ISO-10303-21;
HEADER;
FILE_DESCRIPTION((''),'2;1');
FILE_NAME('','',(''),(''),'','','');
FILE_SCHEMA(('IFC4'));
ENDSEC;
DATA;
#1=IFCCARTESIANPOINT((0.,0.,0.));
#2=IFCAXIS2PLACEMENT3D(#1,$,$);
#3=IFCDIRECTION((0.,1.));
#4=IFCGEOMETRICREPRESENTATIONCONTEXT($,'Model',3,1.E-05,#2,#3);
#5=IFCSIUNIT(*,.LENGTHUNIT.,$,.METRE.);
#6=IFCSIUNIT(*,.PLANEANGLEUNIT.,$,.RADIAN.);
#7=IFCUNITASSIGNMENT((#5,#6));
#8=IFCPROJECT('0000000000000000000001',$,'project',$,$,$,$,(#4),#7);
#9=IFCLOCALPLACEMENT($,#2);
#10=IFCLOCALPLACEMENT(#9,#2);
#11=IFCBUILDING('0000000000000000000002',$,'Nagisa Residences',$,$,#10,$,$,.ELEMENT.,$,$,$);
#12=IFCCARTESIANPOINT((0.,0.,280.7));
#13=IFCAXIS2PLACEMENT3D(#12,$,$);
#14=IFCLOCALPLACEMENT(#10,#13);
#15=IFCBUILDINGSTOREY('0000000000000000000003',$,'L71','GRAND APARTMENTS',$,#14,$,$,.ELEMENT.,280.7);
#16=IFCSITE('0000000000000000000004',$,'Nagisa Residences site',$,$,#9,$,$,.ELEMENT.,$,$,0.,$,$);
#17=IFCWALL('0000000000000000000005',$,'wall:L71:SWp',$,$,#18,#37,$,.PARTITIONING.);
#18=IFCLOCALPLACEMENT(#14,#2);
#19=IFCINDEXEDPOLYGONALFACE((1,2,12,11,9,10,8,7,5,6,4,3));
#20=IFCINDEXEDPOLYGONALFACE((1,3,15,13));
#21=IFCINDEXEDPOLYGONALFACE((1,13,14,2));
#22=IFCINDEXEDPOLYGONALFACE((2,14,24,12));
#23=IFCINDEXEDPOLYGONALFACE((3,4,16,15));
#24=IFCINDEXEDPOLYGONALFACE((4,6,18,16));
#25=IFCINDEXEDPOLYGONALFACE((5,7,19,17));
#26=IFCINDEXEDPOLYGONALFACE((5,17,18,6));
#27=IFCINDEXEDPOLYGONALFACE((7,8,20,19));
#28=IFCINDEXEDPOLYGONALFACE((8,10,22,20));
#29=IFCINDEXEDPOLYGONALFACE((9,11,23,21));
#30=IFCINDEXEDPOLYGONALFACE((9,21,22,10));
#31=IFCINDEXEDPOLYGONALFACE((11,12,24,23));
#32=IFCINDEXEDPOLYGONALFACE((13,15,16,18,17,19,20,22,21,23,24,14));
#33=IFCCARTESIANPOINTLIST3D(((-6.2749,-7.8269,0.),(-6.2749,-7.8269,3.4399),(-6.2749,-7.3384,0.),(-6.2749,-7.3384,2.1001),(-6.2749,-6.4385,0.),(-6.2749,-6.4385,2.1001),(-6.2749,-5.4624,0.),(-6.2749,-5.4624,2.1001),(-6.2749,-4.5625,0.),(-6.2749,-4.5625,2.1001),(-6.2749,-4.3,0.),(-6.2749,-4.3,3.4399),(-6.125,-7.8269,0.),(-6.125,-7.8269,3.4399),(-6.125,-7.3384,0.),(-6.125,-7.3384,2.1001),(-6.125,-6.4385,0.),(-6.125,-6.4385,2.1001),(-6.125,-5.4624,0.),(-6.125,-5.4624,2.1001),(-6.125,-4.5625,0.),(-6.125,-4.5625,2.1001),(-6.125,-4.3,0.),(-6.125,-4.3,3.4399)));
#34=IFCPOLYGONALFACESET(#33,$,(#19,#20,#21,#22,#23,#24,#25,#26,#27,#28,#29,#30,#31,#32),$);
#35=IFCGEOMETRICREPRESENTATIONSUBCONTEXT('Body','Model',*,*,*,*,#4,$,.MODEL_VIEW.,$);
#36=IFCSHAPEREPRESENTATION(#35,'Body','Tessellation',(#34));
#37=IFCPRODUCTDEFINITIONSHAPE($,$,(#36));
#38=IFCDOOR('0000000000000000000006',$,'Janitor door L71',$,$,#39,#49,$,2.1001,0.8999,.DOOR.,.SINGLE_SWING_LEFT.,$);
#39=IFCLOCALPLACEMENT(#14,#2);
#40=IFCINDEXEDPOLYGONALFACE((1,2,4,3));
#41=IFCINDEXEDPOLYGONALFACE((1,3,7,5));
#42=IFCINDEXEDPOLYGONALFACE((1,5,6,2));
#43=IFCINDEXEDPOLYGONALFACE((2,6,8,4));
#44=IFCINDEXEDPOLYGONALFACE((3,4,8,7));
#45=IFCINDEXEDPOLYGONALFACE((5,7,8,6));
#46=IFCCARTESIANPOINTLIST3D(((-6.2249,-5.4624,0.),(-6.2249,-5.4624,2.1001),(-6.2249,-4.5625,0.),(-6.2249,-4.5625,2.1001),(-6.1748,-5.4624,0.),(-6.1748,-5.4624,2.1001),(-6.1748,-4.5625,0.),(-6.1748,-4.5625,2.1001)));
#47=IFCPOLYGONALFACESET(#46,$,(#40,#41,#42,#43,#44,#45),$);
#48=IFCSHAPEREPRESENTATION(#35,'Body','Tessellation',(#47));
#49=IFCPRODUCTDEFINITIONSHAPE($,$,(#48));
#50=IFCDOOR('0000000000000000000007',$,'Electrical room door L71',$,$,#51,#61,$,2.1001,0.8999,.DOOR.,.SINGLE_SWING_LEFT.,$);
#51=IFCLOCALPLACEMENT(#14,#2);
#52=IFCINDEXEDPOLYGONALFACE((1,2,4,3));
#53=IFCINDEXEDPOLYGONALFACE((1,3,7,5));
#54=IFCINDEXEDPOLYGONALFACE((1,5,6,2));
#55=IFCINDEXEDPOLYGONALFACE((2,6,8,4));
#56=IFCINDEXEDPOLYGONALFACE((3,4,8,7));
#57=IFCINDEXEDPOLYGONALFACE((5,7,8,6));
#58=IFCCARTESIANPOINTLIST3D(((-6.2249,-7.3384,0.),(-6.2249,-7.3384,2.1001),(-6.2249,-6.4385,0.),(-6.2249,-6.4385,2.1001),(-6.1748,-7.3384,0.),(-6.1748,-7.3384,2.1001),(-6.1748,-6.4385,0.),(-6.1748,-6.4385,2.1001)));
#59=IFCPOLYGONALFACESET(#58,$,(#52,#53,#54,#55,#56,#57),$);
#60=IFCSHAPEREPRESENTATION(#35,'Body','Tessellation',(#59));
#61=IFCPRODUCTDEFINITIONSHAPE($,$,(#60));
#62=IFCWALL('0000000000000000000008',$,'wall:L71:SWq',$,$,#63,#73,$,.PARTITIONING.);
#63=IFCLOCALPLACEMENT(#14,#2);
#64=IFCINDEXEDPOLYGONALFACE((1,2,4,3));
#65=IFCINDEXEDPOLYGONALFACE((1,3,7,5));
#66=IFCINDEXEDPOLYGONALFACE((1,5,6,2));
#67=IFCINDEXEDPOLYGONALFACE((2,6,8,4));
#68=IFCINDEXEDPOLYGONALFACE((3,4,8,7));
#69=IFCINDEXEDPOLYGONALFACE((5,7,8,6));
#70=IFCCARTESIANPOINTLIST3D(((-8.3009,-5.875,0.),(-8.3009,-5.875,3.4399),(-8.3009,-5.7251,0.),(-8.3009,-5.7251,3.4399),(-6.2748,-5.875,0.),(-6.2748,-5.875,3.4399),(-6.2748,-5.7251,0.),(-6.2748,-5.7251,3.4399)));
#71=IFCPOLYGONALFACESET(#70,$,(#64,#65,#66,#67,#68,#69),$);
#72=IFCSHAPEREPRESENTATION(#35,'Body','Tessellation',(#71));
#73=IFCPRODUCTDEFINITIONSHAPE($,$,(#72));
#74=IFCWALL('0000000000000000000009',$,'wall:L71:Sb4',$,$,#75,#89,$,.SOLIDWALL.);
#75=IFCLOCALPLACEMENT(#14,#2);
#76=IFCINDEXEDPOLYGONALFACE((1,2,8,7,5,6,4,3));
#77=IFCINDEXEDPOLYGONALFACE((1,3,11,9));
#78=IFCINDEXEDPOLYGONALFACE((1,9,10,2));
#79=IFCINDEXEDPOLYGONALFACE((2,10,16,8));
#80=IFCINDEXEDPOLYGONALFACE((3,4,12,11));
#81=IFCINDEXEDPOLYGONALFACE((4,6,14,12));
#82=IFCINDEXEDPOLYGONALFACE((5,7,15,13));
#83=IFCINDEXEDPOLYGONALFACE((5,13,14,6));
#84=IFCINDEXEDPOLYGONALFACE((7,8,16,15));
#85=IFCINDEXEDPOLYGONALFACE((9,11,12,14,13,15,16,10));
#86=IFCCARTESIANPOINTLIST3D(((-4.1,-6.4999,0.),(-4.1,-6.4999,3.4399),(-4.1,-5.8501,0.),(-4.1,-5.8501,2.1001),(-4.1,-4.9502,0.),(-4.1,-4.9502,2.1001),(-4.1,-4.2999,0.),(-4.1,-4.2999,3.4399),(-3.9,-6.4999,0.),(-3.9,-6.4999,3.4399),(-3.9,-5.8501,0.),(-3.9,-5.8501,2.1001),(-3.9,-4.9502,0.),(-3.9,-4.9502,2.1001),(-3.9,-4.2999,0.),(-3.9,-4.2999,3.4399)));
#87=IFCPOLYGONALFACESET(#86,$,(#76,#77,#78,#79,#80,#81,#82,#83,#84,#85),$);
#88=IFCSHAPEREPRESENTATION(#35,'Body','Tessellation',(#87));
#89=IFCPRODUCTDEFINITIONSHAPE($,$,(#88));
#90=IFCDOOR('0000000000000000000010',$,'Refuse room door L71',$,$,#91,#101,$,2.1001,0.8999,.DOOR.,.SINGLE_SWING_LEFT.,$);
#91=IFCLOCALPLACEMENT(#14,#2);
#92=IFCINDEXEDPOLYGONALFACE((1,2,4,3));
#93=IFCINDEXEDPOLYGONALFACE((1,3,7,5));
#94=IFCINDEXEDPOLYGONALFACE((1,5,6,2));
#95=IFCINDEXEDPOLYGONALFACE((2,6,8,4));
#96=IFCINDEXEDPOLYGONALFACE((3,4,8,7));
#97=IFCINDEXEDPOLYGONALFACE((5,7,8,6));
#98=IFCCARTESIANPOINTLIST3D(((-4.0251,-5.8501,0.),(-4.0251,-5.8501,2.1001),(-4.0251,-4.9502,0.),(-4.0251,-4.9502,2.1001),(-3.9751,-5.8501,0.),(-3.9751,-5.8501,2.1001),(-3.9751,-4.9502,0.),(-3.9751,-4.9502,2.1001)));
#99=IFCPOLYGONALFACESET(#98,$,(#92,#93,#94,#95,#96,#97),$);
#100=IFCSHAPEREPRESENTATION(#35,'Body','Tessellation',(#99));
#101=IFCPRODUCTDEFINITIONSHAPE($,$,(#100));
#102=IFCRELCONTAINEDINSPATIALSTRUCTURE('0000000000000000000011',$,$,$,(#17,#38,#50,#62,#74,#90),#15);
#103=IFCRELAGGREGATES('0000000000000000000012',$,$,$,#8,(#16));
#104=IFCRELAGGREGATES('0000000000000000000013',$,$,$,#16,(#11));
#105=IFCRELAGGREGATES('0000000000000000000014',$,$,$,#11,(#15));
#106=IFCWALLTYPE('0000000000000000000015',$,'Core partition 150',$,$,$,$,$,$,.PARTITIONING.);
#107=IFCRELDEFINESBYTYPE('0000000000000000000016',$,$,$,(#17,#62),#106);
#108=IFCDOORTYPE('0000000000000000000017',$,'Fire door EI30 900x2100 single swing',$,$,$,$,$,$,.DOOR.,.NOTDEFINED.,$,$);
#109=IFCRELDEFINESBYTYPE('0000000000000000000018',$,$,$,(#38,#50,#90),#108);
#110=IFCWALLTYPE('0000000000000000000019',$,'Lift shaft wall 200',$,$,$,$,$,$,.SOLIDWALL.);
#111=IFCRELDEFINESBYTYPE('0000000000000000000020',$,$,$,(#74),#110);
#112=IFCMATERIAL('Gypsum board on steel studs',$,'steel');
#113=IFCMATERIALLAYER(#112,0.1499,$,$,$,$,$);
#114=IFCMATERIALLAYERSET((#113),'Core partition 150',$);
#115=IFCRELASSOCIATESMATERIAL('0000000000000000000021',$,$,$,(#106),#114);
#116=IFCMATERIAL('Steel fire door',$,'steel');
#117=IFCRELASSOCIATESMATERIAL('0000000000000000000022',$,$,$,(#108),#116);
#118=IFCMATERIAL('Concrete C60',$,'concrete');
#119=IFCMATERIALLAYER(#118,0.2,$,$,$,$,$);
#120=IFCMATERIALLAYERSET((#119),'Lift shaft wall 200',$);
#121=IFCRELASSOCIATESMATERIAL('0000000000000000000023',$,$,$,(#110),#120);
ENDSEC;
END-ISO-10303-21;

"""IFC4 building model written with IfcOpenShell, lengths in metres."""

from ifc_helpers import new_model, si_unit, direction, frame, frame_2d, origin, place, context, subcontext, project, spatial, rectangle, extrude, material, layer, layer_set, type_object, element, fill, save


model = new_model("IFC4")

# Units and contexts
model_context = context("Model", 3, precision=1e-05, world=origin(), true_north=direction((0.0, 1.0)))
body_context = subcontext(model_context, "Body", "Model", "MODEL_VIEW")
ifc_project = project(units=[si_unit("LENGTHUNIT", "METRE"), si_unit("PLANEANGLEUNIT", "RADIAN")], contexts=[model_context])

# Site, building, storey
site_placement = place(None, origin())
site = spatial("IfcSite", under=ifc_project, at=site_placement, Name="Nagisa Residences site", CompositionType="ELEMENT", RefElevation=0.0)
building_placement = place(site_placement, origin())
building = spatial("IfcBuilding", under=site, at=building_placement, Name="Nagisa Residences", CompositionType="ELEMENT")
storey_placement = place(building_placement, frame((0.0, 0.0, 280.7)))
storey = spatial("IfcBuildingStorey", under=building, at=storey_placement, Name="L71", Description="GRAND APARTMENTS", CompositionType="ELEMENT", Elevation=280.7)

# Wall, openings, doors
ifc_material_1 = material(Name="Gypsum board on steel studs", Category="steel")
ifc_layer_1 = layer(ifc_material_1, 0.1499)
ifc_layer_set_1 = layer_set([ifc_layer_1], Name="Core partition 150")
wall_type_1 = type_object("IfcWallType", Name="Core partition 150", PredefinedType="PARTITIONING", material=ifc_layer_set_1)
wall_1_placement = place(storey_placement, frame((-6.2, -7.8269, 0.0), z_axis=(0.0, 0.0, 1.0), x_axis=(0.0, 1.0, 0.0)))
wall_1 = element("IfcWall", 1, at=wall_1_placement, inside=storey, type_object=wall_type_1, Name="wall:L71:SWp", PredefinedType="PARTITIONING", context=body_context, shape_type="SweptSolid", body=[
    extrude(rectangle(XDim=3.5269, YDim=0.1499, at=frame_2d((1.7634, 0.0))), origin(), (0.0, 0.0, 1.0), 3.4399),
])
opening_1_placement = place(wall_1_placement, frame((2.3645, 0.0, 0.0)))
opening_1 = element("IfcOpeningElement", 2, at=opening_1_placement, cuts=wall_1, PredefinedType="OPENING", context=body_context, shape_type="SweptSolid", body=[
    extrude(rectangle(XDim=0.8999, YDim=2.1001, at=frame_2d((0.45, 1.05))), frame((0.0, 0.085, 0.0), z_axis=(0.0, -1.0, 0.0), x_axis=(1.0, 0.0, 0.0)), (0.0, 0.0, 1.0), 0.1699),
])
opening_2_placement = place(wall_1_placement, frame((0.4885, 0.0, 0.0)))
opening_2 = element("IfcOpeningElement", 3, at=opening_2_placement, cuts=wall_1, PredefinedType="OPENING", context=body_context, shape_type="SweptSolid", body=[
    extrude(rectangle(XDim=0.8999, YDim=2.1001, at=frame_2d((0.45, 1.05))), frame((0.0, 0.085, 0.0), z_axis=(0.0, -1.0, 0.0), x_axis=(1.0, 0.0, 0.0)), (0.0, 0.0, 1.0), 0.1699),
])
ifc_material_2 = material(Name="Steel fire door", Category="steel")
door_type_1 = type_object("IfcDoorType", Name="Fire door EI30 900x2100 single swing", OperationType="NOTDEFINED", PredefinedType="DOOR", material=ifc_material_2)
door_1_placement = place(opening_1_placement, origin())
door_1 = element("IfcDoor", 4, at=door_1_placement, inside=storey, type_object=door_type_1, Name="Janitor door L71", OperationType="SINGLE_SWING_LEFT", OverallHeight=2.1001, OverallWidth=0.8999, PredefinedType="DOOR", context=body_context, shape_type="SweptSolid", body=[
    extrude(rectangle(XDim=0.8999, YDim=2.1001, at=frame_2d((0.45, 1.05))), frame((0.0, 0.0249, 0.0), z_axis=(0.0, -1.0, 0.0), x_axis=(1.0, 0.0, 0.0)), (0.0, 0.0, 1.0), 0.05),
])
fill(opening_1, door_1)
door_2_placement = place(opening_2_placement, origin())
door_2 = element("IfcDoor", 5, at=door_2_placement, inside=storey, type_object=door_type_1, Name="Electrical room door L71", OperationType="SINGLE_SWING_LEFT", OverallHeight=2.1001, OverallWidth=0.8999, PredefinedType="DOOR", context=body_context, shape_type="SweptSolid", body=[
    extrude(rectangle(XDim=0.8999, YDim=2.1001, at=frame_2d((0.45, 1.05))), frame((0.0, 0.0249, 0.0), z_axis=(0.0, -1.0, 0.0), x_axis=(1.0, 0.0, 0.0)), (0.0, 0.0, 1.0), 0.05),
])
fill(opening_2, door_2)

# Wall
wall_2_placement = place(storey_placement, frame((-8.301, -5.8, 0.0), z_axis=(0.0, 0.0, 1.0), x_axis=(1.0, 0.0, 0.0)))
element("IfcWall", 6, at=wall_2_placement, inside=storey, type_object=wall_type_1, Name="wall:L71:SWq", PredefinedType="PARTITIONING", context=body_context, shape_type="SweptSolid", body=[
    extrude(rectangle(XDim=2.0261, YDim=0.1499, at=frame_2d((1.0132, 0.0))), origin(), (0.0, 0.0, 1.0), 3.4399),
])

# Wall, opening, door
ifc_material_3 = material(Name="Concrete C60", Category="concrete")
ifc_layer_2 = layer(ifc_material_3, 0.2)
ifc_layer_set_2 = layer_set([ifc_layer_2], Name="Lift shaft wall 200")
wall_type_2 = type_object("IfcWallType", Name="Lift shaft wall 200", PredefinedType="SOLIDWALL", material=ifc_layer_set_2)
wall_3_placement = place(storey_placement, frame((-4.0, -6.5, 0.0), z_axis=(0.0, 0.0, 1.0), x_axis=(0.0, 1.0, 0.0)))
wall_3 = element("IfcWall", 7, at=wall_3_placement, inside=storey, type_object=wall_type_2, Name="wall:L71:Sb4", PredefinedType="SOLIDWALL", context=body_context, shape_type="SweptSolid", body=[
    extrude(rectangle(XDim=2.2, YDim=0.2, at=frame_2d((1.1001, 0.0))), origin(), (0.0, 0.0, 1.0), 3.4399),
])
opening_3_placement = place(wall_3_placement, frame((0.6499, 0.0, 0.0)))
opening_3 = element("IfcOpeningElement", 8, at=opening_3_placement, cuts=wall_3, PredefinedType="OPENING", context=body_context, shape_type="SweptSolid", body=[
    extrude(rectangle(XDim=0.8999, YDim=2.1001, at=frame_2d((0.45, 1.05))), frame((0.0, 0.1099, 0.0), z_axis=(0.0, -1.0, 0.0), x_axis=(1.0, 0.0, 0.0)), (0.0, 0.0, 1.0), 0.22),
])
door_3_placement = place(opening_3_placement, frame((0.8999, 0.0, 0.0), x_axis=(-1.0, 0.0, 0.0)))
door_3 = element("IfcDoor", 9, at=door_3_placement, inside=storey, type_object=door_type_1, Name="Refuse room door L71", OperationType="SINGLE_SWING_LEFT", OverallHeight=2.1001, OverallWidth=0.8999, PredefinedType="DOOR", context=body_context, shape_type="SweptSolid", body=[
    extrude(rectangle(XDim=0.8999, YDim=2.1001, at=frame_2d((0.45, 1.05))), frame((0.0, 0.0249, 0.0), z_axis=(0.0, -1.0, 0.0), x_axis=(1.0, 0.0, 0.0)), (0.0, 0.0, 1.0), 0.05),
])
fill(opening_3, door_3)

save(model, "model.ifc")
